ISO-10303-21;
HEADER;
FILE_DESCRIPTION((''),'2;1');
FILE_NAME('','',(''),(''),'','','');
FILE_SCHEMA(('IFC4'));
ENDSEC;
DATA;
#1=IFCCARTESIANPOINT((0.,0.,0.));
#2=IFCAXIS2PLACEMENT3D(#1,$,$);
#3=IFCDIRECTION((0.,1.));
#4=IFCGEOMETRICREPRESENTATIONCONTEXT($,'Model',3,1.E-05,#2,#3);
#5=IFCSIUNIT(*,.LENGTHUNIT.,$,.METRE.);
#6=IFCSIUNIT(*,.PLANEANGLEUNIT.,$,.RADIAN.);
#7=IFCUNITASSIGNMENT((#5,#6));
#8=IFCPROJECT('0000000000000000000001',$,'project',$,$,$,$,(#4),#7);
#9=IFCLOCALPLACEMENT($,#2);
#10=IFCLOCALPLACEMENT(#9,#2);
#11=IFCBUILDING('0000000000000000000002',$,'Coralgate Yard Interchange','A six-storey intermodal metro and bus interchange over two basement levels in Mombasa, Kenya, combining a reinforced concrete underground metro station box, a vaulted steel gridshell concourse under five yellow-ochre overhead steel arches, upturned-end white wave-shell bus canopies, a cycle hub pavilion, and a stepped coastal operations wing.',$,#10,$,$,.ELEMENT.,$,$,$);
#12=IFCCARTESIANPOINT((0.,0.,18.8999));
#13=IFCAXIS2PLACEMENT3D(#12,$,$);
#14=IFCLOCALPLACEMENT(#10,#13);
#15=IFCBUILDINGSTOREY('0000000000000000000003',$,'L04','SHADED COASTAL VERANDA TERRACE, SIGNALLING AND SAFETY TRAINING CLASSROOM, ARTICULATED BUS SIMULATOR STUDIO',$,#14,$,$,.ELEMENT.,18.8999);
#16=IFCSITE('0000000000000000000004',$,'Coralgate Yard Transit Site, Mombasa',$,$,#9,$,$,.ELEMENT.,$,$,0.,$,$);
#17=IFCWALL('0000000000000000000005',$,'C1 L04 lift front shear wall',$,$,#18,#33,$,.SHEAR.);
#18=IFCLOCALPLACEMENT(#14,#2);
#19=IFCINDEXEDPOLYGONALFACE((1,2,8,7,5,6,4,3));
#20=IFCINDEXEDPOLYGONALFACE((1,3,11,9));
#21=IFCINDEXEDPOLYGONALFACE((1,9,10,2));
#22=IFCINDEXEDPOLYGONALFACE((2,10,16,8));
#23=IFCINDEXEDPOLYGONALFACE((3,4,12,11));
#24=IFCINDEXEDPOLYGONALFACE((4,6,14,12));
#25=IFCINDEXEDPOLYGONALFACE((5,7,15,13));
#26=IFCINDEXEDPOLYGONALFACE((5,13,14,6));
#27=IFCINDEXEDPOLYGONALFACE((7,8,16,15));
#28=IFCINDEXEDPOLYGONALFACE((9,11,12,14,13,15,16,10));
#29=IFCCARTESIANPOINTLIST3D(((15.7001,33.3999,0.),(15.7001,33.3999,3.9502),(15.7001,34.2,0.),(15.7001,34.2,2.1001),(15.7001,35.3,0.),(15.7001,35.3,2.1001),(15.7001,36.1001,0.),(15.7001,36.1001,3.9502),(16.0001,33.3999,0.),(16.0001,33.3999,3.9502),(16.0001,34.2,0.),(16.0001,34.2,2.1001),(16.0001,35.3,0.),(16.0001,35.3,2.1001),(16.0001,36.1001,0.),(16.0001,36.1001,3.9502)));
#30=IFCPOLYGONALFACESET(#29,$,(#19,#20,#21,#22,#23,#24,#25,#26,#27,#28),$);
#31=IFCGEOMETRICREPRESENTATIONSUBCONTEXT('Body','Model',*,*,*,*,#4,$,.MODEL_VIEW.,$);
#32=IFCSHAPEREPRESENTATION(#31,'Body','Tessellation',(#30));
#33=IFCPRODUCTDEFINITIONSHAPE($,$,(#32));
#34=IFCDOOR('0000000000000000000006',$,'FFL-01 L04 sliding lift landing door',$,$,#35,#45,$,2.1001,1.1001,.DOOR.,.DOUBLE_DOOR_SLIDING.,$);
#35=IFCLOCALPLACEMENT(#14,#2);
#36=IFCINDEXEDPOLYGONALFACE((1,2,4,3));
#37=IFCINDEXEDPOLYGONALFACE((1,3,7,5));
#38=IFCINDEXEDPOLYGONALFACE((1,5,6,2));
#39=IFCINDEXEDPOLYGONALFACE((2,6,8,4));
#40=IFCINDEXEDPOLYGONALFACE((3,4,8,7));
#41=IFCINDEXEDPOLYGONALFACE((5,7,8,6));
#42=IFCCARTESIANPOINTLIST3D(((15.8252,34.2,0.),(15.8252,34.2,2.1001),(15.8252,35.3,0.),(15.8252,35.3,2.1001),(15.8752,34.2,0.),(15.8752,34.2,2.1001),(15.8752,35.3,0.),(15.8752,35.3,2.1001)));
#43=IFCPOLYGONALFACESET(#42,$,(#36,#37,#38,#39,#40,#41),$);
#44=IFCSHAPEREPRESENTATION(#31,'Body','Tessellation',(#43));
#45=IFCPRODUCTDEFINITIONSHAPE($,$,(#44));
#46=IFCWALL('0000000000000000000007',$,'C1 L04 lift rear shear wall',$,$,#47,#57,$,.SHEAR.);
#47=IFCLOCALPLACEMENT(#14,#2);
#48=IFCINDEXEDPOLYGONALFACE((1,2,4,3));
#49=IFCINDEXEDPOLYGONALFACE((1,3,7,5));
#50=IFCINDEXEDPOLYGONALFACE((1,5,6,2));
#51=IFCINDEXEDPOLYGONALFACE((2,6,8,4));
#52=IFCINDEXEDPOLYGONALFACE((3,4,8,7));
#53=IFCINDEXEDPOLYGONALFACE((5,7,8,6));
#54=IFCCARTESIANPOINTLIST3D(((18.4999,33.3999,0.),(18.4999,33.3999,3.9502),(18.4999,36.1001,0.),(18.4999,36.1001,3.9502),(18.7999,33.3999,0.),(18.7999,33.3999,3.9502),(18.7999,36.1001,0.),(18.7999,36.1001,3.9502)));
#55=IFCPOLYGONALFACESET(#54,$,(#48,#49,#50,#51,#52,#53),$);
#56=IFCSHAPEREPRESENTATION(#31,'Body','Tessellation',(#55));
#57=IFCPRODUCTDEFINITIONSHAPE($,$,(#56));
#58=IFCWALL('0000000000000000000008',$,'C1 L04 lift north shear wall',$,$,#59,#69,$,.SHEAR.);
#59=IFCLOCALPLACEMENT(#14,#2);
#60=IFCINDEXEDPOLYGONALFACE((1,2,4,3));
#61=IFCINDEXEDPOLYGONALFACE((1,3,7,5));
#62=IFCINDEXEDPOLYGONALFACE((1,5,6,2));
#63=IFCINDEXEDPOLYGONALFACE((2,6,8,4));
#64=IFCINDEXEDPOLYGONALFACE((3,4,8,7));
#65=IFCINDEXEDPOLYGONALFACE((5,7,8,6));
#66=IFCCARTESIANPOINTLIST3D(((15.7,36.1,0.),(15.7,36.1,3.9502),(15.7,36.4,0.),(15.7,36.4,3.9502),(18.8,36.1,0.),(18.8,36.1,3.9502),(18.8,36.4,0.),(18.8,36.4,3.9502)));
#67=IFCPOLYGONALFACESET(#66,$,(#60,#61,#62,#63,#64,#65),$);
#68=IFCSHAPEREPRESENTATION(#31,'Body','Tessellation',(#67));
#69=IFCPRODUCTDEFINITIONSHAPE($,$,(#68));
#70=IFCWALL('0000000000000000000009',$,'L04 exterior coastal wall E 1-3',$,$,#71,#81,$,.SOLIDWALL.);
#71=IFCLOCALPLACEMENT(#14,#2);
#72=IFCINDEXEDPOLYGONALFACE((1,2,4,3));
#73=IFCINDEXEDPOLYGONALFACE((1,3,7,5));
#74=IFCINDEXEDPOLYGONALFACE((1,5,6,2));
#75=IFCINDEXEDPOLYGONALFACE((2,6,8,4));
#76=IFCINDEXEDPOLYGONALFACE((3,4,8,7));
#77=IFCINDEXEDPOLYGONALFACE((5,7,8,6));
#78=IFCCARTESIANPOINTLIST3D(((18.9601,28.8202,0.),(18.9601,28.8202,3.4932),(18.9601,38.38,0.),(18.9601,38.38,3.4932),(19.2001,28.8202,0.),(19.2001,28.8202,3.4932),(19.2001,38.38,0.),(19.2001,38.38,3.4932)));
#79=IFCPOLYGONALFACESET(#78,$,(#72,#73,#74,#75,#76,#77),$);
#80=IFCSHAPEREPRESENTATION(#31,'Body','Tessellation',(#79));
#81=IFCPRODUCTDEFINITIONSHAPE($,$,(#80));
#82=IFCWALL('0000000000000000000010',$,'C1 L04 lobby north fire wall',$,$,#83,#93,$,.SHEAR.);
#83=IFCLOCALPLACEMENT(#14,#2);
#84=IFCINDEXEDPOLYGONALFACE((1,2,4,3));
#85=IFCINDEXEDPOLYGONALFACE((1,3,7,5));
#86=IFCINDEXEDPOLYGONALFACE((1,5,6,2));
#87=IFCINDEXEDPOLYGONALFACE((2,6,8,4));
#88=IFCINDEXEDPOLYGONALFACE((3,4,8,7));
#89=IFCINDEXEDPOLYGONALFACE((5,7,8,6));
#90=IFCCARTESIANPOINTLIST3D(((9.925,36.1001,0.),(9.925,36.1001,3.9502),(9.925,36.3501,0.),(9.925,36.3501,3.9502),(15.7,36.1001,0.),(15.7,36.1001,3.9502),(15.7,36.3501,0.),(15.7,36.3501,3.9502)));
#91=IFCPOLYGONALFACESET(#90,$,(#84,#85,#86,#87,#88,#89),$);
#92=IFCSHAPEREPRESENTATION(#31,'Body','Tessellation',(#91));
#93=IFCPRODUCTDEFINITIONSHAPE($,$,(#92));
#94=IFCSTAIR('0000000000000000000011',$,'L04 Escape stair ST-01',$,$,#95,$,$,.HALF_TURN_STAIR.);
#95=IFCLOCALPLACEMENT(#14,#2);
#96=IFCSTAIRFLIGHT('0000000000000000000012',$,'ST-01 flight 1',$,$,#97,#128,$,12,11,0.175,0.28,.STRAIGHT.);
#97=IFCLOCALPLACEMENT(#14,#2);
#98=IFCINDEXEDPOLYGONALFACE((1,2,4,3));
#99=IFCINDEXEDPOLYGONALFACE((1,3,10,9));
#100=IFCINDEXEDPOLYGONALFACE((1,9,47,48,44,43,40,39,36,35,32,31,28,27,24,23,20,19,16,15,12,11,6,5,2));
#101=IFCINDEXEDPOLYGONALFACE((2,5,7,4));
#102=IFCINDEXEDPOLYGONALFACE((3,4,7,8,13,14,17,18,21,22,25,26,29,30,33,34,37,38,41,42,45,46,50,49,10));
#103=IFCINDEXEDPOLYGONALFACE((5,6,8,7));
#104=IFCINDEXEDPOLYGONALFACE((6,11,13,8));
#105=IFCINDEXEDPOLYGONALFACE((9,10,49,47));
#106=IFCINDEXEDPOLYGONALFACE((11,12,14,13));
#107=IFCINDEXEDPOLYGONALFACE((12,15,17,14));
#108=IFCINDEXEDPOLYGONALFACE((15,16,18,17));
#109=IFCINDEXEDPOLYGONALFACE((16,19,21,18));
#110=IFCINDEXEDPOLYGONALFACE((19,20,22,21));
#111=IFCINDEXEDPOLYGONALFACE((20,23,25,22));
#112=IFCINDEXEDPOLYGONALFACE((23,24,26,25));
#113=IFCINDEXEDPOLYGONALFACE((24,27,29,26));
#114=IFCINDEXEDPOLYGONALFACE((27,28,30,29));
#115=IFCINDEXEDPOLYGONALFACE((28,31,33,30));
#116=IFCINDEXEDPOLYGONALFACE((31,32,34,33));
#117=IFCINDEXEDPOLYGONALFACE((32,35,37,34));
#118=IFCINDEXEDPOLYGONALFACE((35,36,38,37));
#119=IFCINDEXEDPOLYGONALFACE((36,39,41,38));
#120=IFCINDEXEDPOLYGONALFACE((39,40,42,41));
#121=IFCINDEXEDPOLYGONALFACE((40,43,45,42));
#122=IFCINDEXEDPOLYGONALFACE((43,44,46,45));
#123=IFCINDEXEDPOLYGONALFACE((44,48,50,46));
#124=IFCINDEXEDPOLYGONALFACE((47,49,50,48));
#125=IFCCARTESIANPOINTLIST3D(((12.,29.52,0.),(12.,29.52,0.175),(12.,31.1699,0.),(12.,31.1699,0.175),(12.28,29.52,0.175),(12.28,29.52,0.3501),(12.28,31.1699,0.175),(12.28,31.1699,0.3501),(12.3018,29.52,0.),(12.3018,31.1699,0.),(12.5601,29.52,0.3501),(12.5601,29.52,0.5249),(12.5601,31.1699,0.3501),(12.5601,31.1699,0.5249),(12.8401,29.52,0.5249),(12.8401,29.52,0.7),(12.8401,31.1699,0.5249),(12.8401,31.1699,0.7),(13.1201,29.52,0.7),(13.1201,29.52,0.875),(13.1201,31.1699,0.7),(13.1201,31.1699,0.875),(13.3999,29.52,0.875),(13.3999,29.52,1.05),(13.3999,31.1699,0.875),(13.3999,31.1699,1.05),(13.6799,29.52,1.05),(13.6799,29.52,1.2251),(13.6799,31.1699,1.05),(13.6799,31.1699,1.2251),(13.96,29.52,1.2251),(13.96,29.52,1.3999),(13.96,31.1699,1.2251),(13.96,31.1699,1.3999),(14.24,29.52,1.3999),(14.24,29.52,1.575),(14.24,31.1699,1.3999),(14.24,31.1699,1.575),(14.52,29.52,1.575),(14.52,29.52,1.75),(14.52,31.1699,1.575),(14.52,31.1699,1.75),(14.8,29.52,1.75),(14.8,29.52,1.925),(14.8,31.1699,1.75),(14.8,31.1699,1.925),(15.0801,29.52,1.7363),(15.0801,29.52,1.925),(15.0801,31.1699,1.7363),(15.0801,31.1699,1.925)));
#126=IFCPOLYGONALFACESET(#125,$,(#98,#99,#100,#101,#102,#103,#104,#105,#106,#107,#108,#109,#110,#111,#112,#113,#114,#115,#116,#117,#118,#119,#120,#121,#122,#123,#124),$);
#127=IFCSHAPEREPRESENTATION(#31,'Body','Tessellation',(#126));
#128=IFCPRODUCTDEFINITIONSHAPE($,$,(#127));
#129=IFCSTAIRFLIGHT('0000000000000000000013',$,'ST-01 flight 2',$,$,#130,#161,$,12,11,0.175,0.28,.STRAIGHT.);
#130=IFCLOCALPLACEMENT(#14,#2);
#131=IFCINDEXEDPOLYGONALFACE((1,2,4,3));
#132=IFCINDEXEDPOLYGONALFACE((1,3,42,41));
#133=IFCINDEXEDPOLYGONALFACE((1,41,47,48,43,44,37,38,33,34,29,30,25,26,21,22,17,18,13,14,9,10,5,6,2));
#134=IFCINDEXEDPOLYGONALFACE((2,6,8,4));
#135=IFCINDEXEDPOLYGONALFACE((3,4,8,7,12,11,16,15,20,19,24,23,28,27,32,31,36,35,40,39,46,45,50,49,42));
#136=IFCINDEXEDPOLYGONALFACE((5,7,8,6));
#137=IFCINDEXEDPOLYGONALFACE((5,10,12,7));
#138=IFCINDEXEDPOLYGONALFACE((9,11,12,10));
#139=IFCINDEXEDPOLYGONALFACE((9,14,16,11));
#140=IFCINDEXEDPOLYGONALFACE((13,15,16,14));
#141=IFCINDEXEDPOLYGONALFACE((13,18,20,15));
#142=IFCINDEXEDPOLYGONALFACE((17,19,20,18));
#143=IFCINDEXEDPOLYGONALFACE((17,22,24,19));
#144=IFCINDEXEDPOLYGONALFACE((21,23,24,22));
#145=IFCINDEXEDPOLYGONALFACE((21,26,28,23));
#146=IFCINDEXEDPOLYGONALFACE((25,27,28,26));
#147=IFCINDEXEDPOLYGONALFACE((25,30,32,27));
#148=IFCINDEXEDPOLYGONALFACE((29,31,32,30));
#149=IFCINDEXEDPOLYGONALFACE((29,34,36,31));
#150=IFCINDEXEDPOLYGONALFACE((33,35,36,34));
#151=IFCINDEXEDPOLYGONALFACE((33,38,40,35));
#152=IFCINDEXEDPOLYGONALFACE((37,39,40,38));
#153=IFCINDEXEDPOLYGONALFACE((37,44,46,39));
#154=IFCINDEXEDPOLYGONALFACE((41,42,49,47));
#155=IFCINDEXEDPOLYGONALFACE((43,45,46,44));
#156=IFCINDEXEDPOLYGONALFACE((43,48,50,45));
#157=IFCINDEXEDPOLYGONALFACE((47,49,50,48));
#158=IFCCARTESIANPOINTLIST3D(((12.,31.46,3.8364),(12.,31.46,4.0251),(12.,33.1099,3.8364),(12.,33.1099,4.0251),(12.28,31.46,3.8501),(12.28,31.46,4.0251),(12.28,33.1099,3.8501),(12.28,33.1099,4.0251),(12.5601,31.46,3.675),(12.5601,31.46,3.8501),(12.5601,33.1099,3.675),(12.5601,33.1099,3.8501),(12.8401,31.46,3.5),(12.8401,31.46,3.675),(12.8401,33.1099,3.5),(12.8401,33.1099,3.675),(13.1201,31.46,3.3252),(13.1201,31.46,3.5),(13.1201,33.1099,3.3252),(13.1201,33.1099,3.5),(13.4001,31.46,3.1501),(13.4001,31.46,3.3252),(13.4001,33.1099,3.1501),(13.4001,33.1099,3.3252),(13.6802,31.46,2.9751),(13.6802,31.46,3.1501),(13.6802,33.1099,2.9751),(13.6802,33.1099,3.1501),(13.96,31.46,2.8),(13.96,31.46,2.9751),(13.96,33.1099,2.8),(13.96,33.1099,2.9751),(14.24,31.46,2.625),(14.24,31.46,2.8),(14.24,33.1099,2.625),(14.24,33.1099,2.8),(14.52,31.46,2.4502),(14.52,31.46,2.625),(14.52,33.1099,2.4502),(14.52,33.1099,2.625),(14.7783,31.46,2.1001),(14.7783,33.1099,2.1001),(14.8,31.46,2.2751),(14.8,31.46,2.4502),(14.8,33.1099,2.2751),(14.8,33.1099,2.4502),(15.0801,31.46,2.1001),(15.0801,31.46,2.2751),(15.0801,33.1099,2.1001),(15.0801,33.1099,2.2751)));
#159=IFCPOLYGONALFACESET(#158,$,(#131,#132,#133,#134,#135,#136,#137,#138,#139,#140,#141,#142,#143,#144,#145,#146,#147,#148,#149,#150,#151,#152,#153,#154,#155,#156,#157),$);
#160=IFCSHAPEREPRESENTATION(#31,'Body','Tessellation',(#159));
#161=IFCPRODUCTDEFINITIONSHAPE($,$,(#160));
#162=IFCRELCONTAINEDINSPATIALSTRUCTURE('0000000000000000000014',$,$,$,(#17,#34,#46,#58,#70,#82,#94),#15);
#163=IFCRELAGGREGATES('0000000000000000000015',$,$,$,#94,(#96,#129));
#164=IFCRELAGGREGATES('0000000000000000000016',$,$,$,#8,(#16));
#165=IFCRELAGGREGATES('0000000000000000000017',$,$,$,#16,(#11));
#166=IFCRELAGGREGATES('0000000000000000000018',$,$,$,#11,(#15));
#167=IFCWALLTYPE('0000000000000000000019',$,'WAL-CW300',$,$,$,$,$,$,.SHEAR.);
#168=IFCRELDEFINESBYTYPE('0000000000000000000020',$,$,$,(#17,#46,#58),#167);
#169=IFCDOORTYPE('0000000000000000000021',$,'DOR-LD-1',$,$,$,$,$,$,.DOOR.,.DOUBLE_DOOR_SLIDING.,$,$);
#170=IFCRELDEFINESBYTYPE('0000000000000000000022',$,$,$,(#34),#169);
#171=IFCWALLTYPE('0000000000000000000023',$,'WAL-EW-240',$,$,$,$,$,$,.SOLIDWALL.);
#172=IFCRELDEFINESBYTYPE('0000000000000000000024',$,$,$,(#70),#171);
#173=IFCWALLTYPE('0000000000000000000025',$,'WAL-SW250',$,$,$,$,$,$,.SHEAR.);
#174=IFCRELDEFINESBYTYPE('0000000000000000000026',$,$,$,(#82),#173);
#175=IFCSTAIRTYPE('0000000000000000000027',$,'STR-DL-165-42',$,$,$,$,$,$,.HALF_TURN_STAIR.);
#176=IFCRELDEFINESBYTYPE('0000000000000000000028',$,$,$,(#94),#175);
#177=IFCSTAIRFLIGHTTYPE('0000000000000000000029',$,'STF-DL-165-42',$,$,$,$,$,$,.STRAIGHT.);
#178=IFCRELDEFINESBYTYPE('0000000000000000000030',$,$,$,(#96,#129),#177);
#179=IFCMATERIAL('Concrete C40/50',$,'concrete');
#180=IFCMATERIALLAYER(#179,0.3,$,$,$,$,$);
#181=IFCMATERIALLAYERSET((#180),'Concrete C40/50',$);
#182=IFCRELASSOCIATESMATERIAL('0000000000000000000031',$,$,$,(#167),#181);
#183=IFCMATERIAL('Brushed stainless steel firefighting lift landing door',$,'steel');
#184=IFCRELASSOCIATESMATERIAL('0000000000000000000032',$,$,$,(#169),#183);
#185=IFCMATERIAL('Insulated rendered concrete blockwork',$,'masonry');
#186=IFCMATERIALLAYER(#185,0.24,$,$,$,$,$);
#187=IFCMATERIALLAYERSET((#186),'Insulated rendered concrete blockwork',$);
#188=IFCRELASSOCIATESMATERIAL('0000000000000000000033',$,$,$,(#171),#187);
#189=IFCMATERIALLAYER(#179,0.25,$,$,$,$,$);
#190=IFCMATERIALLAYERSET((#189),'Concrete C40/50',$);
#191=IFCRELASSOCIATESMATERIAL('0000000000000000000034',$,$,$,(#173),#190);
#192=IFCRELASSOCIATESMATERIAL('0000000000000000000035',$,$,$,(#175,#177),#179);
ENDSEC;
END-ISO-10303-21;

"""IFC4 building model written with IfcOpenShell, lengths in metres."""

from ifc_helpers import new_model, si_unit, direction, frame, frame_2d, origin, place, context, subcontext, project, spatial, polyline, rectangle, outline, extrude, material, layer, layer_set, type_object, element, fill, aggregate, save


model = new_model("IFC4")

# Units and contexts
model_context = context("Model", 3, precision=1e-05, world=origin(), true_north=direction((0.0, 1.0)))
body_context = subcontext(model_context, "Body", "Model", "MODEL_VIEW")
ifc_project = project(units=[si_unit("LENGTHUNIT", "METRE"), si_unit("PLANEANGLEUNIT", "RADIAN")], contexts=[model_context])

# Site, building, storey
site_placement = place(None, origin())
site = spatial("IfcSite", under=ifc_project, at=site_placement, Name="Coralgate Yard Transit Site, Mombasa", CompositionType="ELEMENT", RefElevation=0.0)
building_placement = place(site_placement, origin())
building = spatial("IfcBuilding", under=site, at=building_placement, Name="Coralgate Yard Interchange", Description="A six-storey intermodal metro and bus interchange over two basement levels in Mombasa, Kenya, combining a reinforced concrete underground metro station box, a vaulted steel gridshell concourse under five yellow-ochre overhead steel arches, upturned-end white wave-shell bus canopies, a cycle hub pavilion, and a stepped coastal operations wing.", CompositionType="ELEMENT")
storey_placement = place(building_placement, frame((0.0, 0.0, 18.8999)))
storey = spatial("IfcBuildingStorey", under=building, at=storey_placement, Name="L04", Description="SHADED COASTAL VERANDA TERRACE, SIGNALLING AND SAFETY TRAINING CLASSROOM, ARTICULATED BUS SIMULATOR STUDIO", CompositionType="ELEMENT", Elevation=18.8999)

# Shared definitions
ifc_material_1 = material(Name="Concrete C40/50", Category="concrete")
ifc_layer_1 = layer(ifc_material_1, 0.3)
ifc_layer_set_1 = layer_set([ifc_layer_1], Name="Concrete C40/50")
wall_type_1 = type_object("IfcWallType", Name="WAL-CW300", PredefinedType="SHEAR", material=ifc_layer_set_1)

# Wall, opening, door
wall_1_placement = place(storey_placement, frame((15.8501, 36.1001, 0.0), z_axis=(0.0, 0.0, 1.0), x_axis=(0.0, -1.0, 0.0)))
wall_1 = element("IfcWall", 1, at=wall_1_placement, inside=storey, type_object=wall_type_1, Name="C1 L04 lift front shear wall", PredefinedType="SHEAR", context=body_context, shape_type="SweptSolid", body=[
    extrude(rectangle(XDim=2.7002, YDim=0.3, at=frame_2d((1.3501, 0.0))), origin(), (0.0, 0.0, 1.0), 3.9502),
])
opening_1_placement = place(wall_1_placement, frame((0.8, 0.0, 0.0)))
opening_1 = element("IfcOpeningElement", 2, at=opening_1_placement, cuts=wall_1, PredefinedType="OPENING", context=body_context, shape_type="SweptSolid", body=[
    extrude(rectangle(XDim=1.1001, YDim=2.1001, at=frame_2d((0.55, 1.05))), frame((0.0, 0.1599, 0.0), z_axis=(0.0, -1.0, 0.0), x_axis=(1.0, 0.0, 0.0)), (0.0, 0.0, 1.0), 0.3201),
])
ifc_material_2 = material(Name="Brushed stainless steel firefighting lift landing door", Category="steel")
door_type_1 = type_object("IfcDoorType", Name="DOR-LD-1", OperationType="DOUBLE_DOOR_SLIDING", PredefinedType="DOOR", material=ifc_material_2)
door_1_placement = place(opening_1_placement, frame((1.1001, 0.0, 0.0), z_axis=(0.0, 0.0, 1.0), x_axis=(-1.0, 0.0, 0.0)))
door_1 = element("IfcDoor", 3, at=door_1_placement, inside=storey, type_object=door_type_1, Name="FFL-01 L04 sliding lift landing door", OperationType="DOUBLE_DOOR_SLIDING", OverallHeight=2.1001, OverallWidth=1.1001, PredefinedType="DOOR", context=body_context, shape_type="SweptSolid", body=[
    extrude(rectangle(XDim=1.1001, YDim=2.1001, at=frame_2d((0.55, 1.05))), frame((0.0, 0.0249, 0.0), z_axis=(0.0, -1.0, 0.0), x_axis=(1.0, 0.0, 0.0)), (0.0, 0.0, 1.0), 0.05),
])
fill(opening_1, door_1)

# Walls
wall_2_placement = place(storey_placement, frame((18.6499, 33.3999, 0.0), z_axis=(0.0, 0.0, 1.0), x_axis=(0.0, 1.0, 0.0)))
element("IfcWall", 4, at=wall_2_placement, inside=storey, type_object=wall_type_1, Name="C1 L04 lift rear shear wall", PredefinedType="SHEAR", context=body_context, shape_type="SweptSolid", body=[
    extrude(rectangle(XDim=2.7002, YDim=0.3, at=frame_2d((1.3501, 0.0))), origin(), (0.0, 0.0, 1.0), 3.9502),
])
wall_3_placement = place(storey_placement, frame((15.7, 36.25, 0.0), z_axis=(0.0, 0.0, 1.0), x_axis=(1.0, 0.0, 0.0)))
element("IfcWall", 5, at=wall_3_placement, inside=storey, type_object=wall_type_1, Name="C1 L04 lift north shear wall", PredefinedType="SHEAR", context=body_context, shape_type="SweptSolid", body=[
    extrude(rectangle(XDim=3.1001, YDim=0.3, at=frame_2d((1.55, 0.0))), origin(), (0.0, 0.0, 1.0), 3.9502),
])
ifc_material_3 = material(Name="Insulated rendered concrete blockwork", Category="masonry")
ifc_layer_2 = layer(ifc_material_3, 0.24)
ifc_layer_set_2 = layer_set([ifc_layer_2], Name="Insulated rendered concrete blockwork")
wall_type_2 = type_object("IfcWallType", Name="WAL-EW-240", PredefinedType="SOLIDWALL", material=ifc_layer_set_2)
wall_4_placement = place(storey_placement, frame((19.0801, 38.3799, 0.0), z_axis=(0.0, 0.0, 1.0), x_axis=(0.0, -1.0, 0.0)))
element("IfcWall", 6, at=wall_4_placement, inside=storey, type_object=wall_type_2, Name="L04 exterior coastal wall E 1-3", PredefinedType="SOLIDWALL", context=body_context, shape_type="SweptSolid", body=[
    extrude(rectangle(XDim=9.5598, YDim=0.24, at=frame_2d((4.7798, 0.0))), origin(), (0.0, 0.0, 1.0), 3.4932),
])
ifc_layer_3 = layer(ifc_material_1, 0.25)
ifc_layer_set_3 = layer_set([ifc_layer_3], Name="Concrete C40/50")
wall_type_3 = type_object("IfcWallType", Name="WAL-SW250", PredefinedType="SHEAR", material=ifc_layer_set_3)
wall_5_placement = place(storey_placement, frame((15.7, 36.2251, 0.0), z_axis=(0.0, 0.0, 1.0), x_axis=(-1.0, 0.0, 0.0)))
element("IfcWall", 7, at=wall_5_placement, inside=storey, type_object=wall_type_3, Name="C1 L04 lobby north fire wall", PredefinedType="SHEAR", context=body_context, shape_type="SweptSolid", body=[
    extrude(rectangle(XDim=5.7749, YDim=0.25, at=frame_2d((2.8875, 0.0))), origin(), (0.0, 0.0, 1.0), 3.9502),
])

# Stair, stair flights
stair_type = type_object("IfcStairType", Name="STR-DL-165-42", PredefinedType="HALF_TURN_STAIR", material=ifc_material_1)
stair_placement = place(storey_placement, origin())
stair = element("IfcStair", 8, at=stair_placement, inside=storey, type_object=stair_type, Name="L04 Escape stair ST-01", PredefinedType="HALF_TURN_STAIR")
stair_flight_type = type_object("IfcStairFlightType", Name="STF-DL-165-42", PredefinedType="STRAIGHT", material=ifc_material_1)
stair_flight_1_placement = place(storey_placement, frame((12.0, 30.345, 0.0), z_axis=(0.0, 0.0, 1.0), x_axis=(1.0, 0.0, 0.0)))
stair_flight_1 = element("IfcStairFlight", 9, at=stair_flight_1_placement, type_object=stair_flight_type, Name="ST-01 flight 1", NumberOfRisers=12, NumberOfTreads=11, PredefinedType="STRAIGHT", RiserHeight=0.175, TreadLength=0.28, context=body_context, shape_type="SweptSolid", body=[
    extrude(outline(polyline([(0.0, 0.0), (0.0, 0.175), (0.28, 0.175), (0.28, 0.3501), (0.5601, 0.3501), (0.5601, 0.5249), (0.8401, 0.5249), (0.8401, 0.7), (1.1201, 0.7), (1.1201, 0.875), (1.3999, 0.875), (1.3999, 1.05), (1.6799, 1.05), (1.6799, 1.2251), (1.96, 1.2251), (1.96, 1.3999), (2.24, 1.3999), (2.24, 1.575), (2.52, 1.575), (2.52, 1.75), (2.8, 1.75), (2.8, 1.925), (3.0801, 1.925), (3.0801, 2.1001), (3.0801, 1.7363), (0.3018, 0.0), (0.0, 0.0)])), frame((0.0, 0.825, 0.0), z_axis=(0.0, -1.0, 0.0), x_axis=(1.0, 0.0, 0.0)), (0.0, 0.0, 1.0), 1.6499),
])
stair_flight_2_placement = place(storey_placement, frame((15.0801, 32.2849, 2.1001), z_axis=(0.0, 0.0, 1.0), x_axis=(-1.0, 0.0, 0.0)))
stair_flight_2 = element("IfcStairFlight", 10, at=stair_flight_2_placement, type_object=stair_flight_type, Name="ST-01 flight 2", NumberOfRisers=12, NumberOfTreads=11, PredefinedType="STRAIGHT", RiserHeight=0.175, TreadLength=0.28, context=body_context, shape_type="SweptSolid", body=[
    extrude(outline(polyline([(0.0, 0.0), (0.0, 0.175), (0.28, 0.175), (0.28, 0.3501), (0.5601, 0.3501), (0.5601, 0.5249), (0.8401, 0.5249), (0.8401, 0.7), (1.1201, 0.7), (1.1201, 0.875), (1.3999, 0.875), (1.3999, 1.05), (1.6799, 1.05), (1.6799, 1.2251), (1.96, 1.2251), (1.96, 1.3999), (2.24, 1.3999), (2.24, 1.575), (2.52, 1.575), (2.52, 1.75), (2.8, 1.75), (2.8, 1.925), (3.0801, 1.925), (3.0801, 2.1001), (3.0801, 1.7363), (0.3018, 0.0), (0.0, 0.0)])), frame((0.0, 0.825, 0.0), z_axis=(0.0, -1.0, 0.0), x_axis=(1.0, 0.0, 0.0)), (0.0, 0.0, 1.0), 1.6499),
])
aggregate(stair, [stair_flight_1, stair_flight_2])

save(model, "model.ifc")
